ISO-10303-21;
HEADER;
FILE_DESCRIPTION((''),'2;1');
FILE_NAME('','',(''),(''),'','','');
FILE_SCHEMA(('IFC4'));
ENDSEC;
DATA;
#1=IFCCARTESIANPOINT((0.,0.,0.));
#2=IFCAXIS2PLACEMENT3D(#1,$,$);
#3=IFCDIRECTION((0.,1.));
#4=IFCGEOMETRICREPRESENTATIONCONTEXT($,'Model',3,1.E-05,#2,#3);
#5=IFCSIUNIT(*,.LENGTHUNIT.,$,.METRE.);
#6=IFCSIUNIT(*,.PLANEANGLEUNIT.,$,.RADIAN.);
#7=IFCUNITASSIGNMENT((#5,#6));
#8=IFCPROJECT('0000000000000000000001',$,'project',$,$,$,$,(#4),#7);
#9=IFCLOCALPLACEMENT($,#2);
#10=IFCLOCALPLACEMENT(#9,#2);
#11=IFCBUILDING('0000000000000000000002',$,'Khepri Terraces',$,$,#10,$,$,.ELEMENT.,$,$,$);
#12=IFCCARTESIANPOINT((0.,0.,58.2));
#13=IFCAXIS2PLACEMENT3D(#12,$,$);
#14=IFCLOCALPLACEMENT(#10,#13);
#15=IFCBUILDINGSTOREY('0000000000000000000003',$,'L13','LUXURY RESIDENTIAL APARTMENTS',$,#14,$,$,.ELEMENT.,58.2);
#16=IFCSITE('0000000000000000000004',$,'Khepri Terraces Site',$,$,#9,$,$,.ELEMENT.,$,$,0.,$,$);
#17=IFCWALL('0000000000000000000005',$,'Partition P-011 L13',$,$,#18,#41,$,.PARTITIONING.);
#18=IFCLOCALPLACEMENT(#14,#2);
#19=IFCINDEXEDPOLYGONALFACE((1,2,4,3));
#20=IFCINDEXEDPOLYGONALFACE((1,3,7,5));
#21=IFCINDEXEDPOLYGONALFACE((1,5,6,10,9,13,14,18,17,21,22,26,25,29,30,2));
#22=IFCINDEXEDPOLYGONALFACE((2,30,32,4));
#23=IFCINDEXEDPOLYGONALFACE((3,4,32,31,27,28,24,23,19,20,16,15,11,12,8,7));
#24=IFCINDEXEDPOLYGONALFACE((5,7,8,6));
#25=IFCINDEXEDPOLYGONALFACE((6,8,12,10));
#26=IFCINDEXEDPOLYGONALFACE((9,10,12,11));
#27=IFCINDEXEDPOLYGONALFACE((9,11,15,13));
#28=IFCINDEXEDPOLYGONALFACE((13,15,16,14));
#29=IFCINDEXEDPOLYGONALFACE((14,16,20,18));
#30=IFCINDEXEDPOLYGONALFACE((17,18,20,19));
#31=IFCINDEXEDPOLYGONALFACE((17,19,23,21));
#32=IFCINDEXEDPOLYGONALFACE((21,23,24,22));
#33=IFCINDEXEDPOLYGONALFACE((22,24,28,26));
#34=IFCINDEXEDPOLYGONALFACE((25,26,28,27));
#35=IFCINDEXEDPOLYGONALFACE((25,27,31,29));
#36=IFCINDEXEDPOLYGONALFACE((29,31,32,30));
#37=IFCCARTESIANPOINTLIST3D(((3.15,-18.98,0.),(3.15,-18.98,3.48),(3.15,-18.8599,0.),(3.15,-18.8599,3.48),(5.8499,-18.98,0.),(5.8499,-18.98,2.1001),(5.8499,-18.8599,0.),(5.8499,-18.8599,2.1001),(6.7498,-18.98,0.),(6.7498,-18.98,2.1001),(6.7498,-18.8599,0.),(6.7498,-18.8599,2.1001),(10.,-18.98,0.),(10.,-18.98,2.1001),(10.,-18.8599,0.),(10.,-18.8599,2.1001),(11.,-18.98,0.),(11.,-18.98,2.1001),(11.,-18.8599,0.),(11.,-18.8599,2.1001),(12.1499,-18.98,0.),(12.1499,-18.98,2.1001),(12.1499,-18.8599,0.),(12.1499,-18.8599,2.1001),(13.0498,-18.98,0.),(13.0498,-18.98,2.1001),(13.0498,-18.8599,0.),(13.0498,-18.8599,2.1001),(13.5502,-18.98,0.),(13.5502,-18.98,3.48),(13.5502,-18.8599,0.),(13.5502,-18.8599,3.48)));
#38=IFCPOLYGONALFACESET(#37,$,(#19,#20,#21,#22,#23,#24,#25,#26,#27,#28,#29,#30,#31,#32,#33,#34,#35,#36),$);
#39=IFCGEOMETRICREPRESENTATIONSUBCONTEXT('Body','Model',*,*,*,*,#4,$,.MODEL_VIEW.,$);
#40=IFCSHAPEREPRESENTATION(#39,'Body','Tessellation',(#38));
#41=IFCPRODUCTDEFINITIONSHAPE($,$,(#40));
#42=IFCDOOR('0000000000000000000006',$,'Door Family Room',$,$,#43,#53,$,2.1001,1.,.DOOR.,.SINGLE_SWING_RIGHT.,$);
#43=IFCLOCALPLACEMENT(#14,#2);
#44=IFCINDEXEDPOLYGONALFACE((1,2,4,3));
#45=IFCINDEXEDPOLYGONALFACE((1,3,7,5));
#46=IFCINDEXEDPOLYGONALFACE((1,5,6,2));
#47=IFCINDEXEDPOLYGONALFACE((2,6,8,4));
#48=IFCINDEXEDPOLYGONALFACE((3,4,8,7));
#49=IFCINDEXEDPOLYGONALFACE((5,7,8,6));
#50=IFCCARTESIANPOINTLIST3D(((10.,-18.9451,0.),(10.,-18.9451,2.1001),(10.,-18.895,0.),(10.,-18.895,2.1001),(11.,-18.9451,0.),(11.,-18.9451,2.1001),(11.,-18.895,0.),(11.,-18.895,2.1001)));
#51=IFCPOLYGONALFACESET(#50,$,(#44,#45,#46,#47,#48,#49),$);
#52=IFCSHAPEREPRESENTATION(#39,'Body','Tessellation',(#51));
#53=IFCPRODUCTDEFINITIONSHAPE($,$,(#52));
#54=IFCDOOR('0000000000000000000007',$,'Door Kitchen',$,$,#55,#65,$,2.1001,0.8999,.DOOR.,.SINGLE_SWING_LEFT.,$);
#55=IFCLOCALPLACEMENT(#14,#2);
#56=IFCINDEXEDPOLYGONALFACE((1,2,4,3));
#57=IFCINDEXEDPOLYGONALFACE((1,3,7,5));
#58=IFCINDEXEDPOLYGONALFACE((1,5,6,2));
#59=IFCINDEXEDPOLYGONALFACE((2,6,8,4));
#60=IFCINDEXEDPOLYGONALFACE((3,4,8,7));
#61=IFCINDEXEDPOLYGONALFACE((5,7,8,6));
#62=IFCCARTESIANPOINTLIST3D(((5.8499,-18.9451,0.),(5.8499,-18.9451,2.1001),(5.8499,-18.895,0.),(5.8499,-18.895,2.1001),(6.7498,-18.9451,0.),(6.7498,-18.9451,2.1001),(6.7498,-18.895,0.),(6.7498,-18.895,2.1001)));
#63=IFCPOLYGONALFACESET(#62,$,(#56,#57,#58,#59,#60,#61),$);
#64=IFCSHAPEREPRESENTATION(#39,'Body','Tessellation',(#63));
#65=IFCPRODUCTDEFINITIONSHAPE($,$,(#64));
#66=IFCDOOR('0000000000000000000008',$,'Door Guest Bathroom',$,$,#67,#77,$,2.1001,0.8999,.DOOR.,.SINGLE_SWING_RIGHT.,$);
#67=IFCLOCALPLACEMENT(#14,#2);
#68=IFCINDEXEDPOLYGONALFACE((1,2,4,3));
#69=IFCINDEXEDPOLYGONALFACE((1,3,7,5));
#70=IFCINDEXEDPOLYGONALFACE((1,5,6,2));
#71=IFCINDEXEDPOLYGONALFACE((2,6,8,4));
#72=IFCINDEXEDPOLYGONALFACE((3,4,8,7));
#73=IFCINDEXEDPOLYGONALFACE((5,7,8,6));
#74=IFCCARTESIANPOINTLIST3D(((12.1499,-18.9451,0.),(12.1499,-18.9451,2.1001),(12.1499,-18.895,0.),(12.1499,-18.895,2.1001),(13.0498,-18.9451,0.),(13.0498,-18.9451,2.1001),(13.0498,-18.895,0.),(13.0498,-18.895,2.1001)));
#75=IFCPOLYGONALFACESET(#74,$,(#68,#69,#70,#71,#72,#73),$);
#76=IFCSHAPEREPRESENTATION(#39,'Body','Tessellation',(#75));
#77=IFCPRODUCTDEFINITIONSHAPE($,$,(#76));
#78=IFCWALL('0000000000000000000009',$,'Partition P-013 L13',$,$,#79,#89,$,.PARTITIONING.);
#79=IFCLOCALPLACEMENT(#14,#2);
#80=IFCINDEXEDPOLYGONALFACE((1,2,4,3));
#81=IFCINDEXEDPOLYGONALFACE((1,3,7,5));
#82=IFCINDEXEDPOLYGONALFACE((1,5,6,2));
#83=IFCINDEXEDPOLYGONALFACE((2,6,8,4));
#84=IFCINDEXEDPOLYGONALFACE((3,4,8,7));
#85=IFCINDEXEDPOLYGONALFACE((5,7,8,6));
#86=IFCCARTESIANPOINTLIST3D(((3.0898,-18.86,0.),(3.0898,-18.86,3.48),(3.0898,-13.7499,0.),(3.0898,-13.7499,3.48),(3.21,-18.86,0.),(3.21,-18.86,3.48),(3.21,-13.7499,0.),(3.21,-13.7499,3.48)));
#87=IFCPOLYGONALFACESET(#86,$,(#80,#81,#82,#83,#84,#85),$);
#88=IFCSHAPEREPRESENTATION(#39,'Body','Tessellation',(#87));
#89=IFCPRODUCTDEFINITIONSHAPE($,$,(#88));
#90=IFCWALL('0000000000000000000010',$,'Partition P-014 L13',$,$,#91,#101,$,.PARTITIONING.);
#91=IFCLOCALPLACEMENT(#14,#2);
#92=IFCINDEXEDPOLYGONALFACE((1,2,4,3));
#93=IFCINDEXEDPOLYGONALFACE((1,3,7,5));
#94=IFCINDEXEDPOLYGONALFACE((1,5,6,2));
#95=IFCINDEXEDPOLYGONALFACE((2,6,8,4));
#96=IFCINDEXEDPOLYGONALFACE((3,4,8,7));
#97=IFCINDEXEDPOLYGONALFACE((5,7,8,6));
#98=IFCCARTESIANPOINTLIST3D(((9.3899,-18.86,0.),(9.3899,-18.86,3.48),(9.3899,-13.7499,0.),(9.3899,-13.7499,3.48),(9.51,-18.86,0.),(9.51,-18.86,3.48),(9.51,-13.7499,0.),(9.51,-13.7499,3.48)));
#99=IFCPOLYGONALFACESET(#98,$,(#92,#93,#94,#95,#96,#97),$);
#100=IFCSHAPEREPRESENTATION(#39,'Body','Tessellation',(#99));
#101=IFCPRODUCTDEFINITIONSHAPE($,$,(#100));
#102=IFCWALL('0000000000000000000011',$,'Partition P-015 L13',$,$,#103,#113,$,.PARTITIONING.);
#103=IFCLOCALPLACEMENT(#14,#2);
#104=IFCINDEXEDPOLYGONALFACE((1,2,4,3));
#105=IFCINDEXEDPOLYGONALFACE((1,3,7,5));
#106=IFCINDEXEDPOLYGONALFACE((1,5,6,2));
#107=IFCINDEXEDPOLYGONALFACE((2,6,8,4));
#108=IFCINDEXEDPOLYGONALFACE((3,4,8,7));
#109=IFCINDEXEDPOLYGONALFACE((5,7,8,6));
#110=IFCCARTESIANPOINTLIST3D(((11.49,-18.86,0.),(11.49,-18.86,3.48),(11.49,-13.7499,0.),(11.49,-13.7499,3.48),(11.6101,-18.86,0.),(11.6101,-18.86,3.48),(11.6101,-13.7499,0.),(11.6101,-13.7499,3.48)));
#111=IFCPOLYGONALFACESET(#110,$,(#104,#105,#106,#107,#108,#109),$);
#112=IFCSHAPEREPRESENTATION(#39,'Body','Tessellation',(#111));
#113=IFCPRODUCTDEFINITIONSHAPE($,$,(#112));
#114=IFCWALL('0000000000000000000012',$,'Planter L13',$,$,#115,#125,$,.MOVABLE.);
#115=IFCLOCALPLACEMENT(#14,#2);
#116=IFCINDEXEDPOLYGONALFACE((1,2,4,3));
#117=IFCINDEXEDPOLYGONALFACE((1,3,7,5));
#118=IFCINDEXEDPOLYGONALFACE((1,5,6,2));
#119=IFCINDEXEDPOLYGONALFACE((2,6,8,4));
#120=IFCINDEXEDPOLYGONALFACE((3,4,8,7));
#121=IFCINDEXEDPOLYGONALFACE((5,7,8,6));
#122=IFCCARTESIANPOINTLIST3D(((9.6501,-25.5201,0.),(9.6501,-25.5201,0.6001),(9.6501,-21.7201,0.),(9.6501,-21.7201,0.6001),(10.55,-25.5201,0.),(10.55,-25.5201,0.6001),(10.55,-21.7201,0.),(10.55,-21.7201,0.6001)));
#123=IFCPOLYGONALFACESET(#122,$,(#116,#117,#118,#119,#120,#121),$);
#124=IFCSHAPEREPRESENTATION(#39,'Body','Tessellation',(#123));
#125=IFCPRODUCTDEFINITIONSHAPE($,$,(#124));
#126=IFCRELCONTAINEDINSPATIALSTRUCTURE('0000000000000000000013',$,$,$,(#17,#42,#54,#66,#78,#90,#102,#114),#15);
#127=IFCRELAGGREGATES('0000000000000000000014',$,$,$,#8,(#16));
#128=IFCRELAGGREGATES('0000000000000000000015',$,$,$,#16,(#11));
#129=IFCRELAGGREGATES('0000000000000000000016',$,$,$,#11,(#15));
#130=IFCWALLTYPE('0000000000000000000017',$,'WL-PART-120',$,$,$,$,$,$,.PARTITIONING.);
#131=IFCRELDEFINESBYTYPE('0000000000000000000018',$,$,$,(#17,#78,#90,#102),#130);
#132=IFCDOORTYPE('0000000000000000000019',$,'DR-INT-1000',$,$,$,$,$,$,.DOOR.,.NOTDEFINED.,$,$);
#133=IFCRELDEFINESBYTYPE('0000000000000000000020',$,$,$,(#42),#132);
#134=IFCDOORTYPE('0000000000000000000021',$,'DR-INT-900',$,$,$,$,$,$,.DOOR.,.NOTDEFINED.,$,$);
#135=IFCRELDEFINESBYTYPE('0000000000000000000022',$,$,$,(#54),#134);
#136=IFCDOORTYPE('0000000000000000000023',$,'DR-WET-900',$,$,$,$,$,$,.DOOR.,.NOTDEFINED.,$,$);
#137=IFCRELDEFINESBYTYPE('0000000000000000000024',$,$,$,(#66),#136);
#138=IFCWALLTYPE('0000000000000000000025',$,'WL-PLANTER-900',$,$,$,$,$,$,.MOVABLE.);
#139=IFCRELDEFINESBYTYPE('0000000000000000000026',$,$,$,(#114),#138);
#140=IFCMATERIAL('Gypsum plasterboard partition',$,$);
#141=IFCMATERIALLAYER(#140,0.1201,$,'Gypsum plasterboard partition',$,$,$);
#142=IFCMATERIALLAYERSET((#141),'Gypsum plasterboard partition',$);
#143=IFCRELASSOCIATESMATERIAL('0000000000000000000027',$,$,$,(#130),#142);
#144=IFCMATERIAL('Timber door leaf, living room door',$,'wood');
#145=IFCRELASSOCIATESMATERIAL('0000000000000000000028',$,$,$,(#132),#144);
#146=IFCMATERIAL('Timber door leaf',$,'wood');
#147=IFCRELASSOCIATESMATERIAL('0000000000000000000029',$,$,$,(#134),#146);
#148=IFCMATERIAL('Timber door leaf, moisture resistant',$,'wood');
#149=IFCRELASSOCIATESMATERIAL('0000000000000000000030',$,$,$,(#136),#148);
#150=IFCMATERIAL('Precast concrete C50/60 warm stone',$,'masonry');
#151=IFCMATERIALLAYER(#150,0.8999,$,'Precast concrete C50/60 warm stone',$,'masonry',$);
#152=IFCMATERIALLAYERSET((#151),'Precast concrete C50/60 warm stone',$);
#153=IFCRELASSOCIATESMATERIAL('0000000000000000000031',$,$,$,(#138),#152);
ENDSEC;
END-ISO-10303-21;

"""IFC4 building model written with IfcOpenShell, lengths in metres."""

from ifc_helpers import new_model, si_unit, direction, frame, frame_2d, origin, place, context, subcontext, project, spatial, rectangle, extrude, material, layer, layer_set, type_object, element, fill, save


model = new_model("IFC4")

# Units and contexts
model_context = context("Model", 3, precision=1e-05, world=origin(), true_north=direction((0.0, 1.0)))
body_context = subcontext(model_context, "Body", "Model", "MODEL_VIEW")
ifc_project = project(units=[si_unit("LENGTHUNIT", "METRE"), si_unit("PLANEANGLEUNIT", "RADIAN")], contexts=[model_context])

# Site, building, storey
site_placement = place(None, origin())
site = spatial("IfcSite", under=ifc_project, at=site_placement, Name="Khepri Terraces Site", CompositionType="ELEMENT", RefElevation=0.0)
building_placement = place(site_placement, origin())
building = spatial("IfcBuilding", under=site, at=building_placement, Name="Khepri Terraces", CompositionType="ELEMENT")
storey_placement = place(building_placement, frame((0.0, 0.0, 58.2)))
storey = spatial("IfcBuildingStorey", under=building, at=storey_placement, Name="L13", Description="LUXURY RESIDENTIAL APARTMENTS", CompositionType="ELEMENT", Elevation=58.2)

# Wall, openings, doors
ifc_material_1 = material(Name="Gypsum plasterboard partition")
ifc_layer_1 = layer(ifc_material_1, 0.1201, Name="Gypsum plasterboard partition")
ifc_layer_set_1 = layer_set([ifc_layer_1], Name="Gypsum plasterboard partition")
wall_type_1 = type_object("IfcWallType", Name="WL-PART-120", PredefinedType="PARTITIONING", material=ifc_layer_set_1)
wall_1_placement = place(storey_placement, frame((3.1499, -18.9199, 0.0), z_axis=(0.0, 0.0, 1.0), x_axis=(1.0, 0.0, 0.0)))
wall_1 = element("IfcWall", 1, at=wall_1_placement, inside=storey, type_object=wall_type_1, Name="Partition P-011 L13", PredefinedType="PARTITIONING", context=body_context, shape_type="SweptSolid", body=[
    extrude(rectangle(XDim=10.4001, YDim=0.1201, at=frame_2d((5.2002, 0.0))), origin(), (0.0, 0.0, 1.0), 3.48),
])
opening_1_placement = place(wall_1_placement, frame((2.7, 0.0, 0.0)))
opening_1 = element("IfcOpeningElement", 2, at=opening_1_placement, cuts=wall_1, PredefinedType="OPENING", context=body_context, shape_type="SweptSolid", body=[
    extrude(rectangle(XDim=0.8999, YDim=2.1001, at=frame_2d((0.45, 1.05))), frame((0.0, 0.0701, 0.0), z_axis=(0.0, -1.0, 0.0), x_axis=(1.0, 0.0, 0.0)), (0.0, 0.0, 1.0), 0.1401),
])
opening_2_placement = place(wall_1_placement, frame((6.8501, 0.0, 0.0)))
opening_2 = element("IfcOpeningElement", 3, at=opening_2_placement, cuts=wall_1, PredefinedType="OPENING", context=body_context, shape_type="SweptSolid", body=[
    extrude(rectangle(XDim=1.0, YDim=2.1001, at=frame_2d((0.5, 1.05))), frame((0.0, 0.0701, 0.0), z_axis=(0.0, -1.0, 0.0), x_axis=(1.0, 0.0, 0.0)), (0.0, 0.0, 1.0), 0.1401),
])
opening_3_placement = place(wall_1_placement, frame((9.0, 0.0, 0.0)))
opening_3 = element("IfcOpeningElement", 4, at=opening_3_placement, cuts=wall_1, PredefinedType="OPENING", context=body_context, shape_type="SweptSolid", body=[
    extrude(rectangle(XDim=0.8999, YDim=2.1001, at=frame_2d((0.45, 1.05))), frame((0.0, 0.0701, 0.0), z_axis=(0.0, -1.0, 0.0), x_axis=(1.0, 0.0, 0.0)), (0.0, 0.0, 1.0), 0.1401),
])
ifc_material_2 = material(Name="Timber door leaf, living room door", Category="wood")
door_type_1 = type_object("IfcDoorType", Name="DR-INT-1000", OperationType="NOTDEFINED", PredefinedType="DOOR", material=ifc_material_2)
door_1_placement = place(opening_2_placement, origin())
door_1 = element("IfcDoor", 5, at=door_1_placement, inside=storey, type_object=door_type_1, Name="Door Family Room", OperationType="SINGLE_SWING_RIGHT", OverallHeight=2.1001, OverallWidth=1.0, PredefinedType="DOOR", context=body_context, shape_type="SweptSolid", body=[
    extrude(rectangle(XDim=1.0, YDim=2.1001, at=frame_2d((0.5, 1.05))), frame((0.0, 0.0249, 0.0), z_axis=(0.0, -1.0, 0.0), x_axis=(1.0, 0.0, 0.0)), (0.0, 0.0, 1.0), 0.05),
])
fill(opening_2, door_1)
ifc_material_3 = material(Name="Timber door leaf", Category="wood")
door_type_2 = type_object("IfcDoorType", Name="DR-INT-900", OperationType="NOTDEFINED", PredefinedType="DOOR", material=ifc_material_3)
door_2_placement = place(opening_1_placement, origin())
door_2 = element("IfcDoor", 6, at=door_2_placement, inside=storey, type_object=door_type_2, Name="Door Kitchen", OperationType="SINGLE_SWING_LEFT", OverallHeight=2.1001, OverallWidth=0.8999, PredefinedType="DOOR", context=body_context, shape_type="SweptSolid", body=[
    extrude(rectangle(XDim=0.8999, YDim=2.1001, at=frame_2d((0.45, 1.05))), frame((0.0, 0.0249, 0.0), z_axis=(0.0, -1.0, 0.0), x_axis=(1.0, 0.0, 0.0)), (0.0, 0.0, 1.0), 0.05),
])
fill(opening_1, door_2)
ifc_material_4 = material(Name="Timber door leaf, moisture resistant", Category="wood")
door_type_3 = type_object("IfcDoorType", Name="DR-WET-900", OperationType="NOTDEFINED", PredefinedType="DOOR", material=ifc_material_4)
door_3_placement = place(opening_3_placement, origin())
door_3 = element("IfcDoor", 7, at=door_3_placement, inside=storey, type_object=door_type_3, Name="Door Guest Bathroom", OperationType="SINGLE_SWING_RIGHT", OverallHeight=2.1001, OverallWidth=0.8999, PredefinedType="DOOR", context=body_context, shape_type="SweptSolid", body=[
    extrude(rectangle(XDim=0.8999, YDim=2.1001, at=frame_2d((0.45, 1.05))), frame((0.0, 0.0249, 0.0), z_axis=(0.0, -1.0, 0.0), x_axis=(1.0, 0.0, 0.0)), (0.0, 0.0, 1.0), 0.05),
])
fill(opening_3, door_3)

# Walls
for number, where, z_axis, x_axis, name in (
    (8, (3.1499, -18.8601, 0.0), (0.0, 0.0, 1.0), (0.0, 1.0, 0.0), "Partition P-013 L13"),
    (9, (9.45, -18.8601, 0.0), (0.0, 0.0, 1.0), (0.0, 1.0, 0.0), "Partition P-014 L13"),
    (10, (11.55, -18.8601, 0.0), (0.0, 0.0, 1.0), (0.0, 1.0, 0.0), "Partition P-015 L13"),
):
    element("IfcWall", number, at=place(storey_placement, frame(where, z_axis=z_axis, x_axis=x_axis)), inside=storey, type_object=wall_type_1, Name=name, PredefinedType="PARTITIONING", context=body_context, shape_type="SweptSolid", body=[
        extrude(rectangle(XDim=5.1101, YDim=0.1201, at=frame_2d((2.5552, 0.0))), origin(), (0.0, 0.0, 1.0), 3.48),
    ])
ifc_material_5 = material(Name="Precast concrete C50/60 warm stone", Category="masonry")
ifc_layer_2 = layer(ifc_material_5, 0.8999, Name="Precast concrete C50/60 warm stone", Category="masonry")
ifc_layer_set_2 = layer_set([ifc_layer_2], Name="Precast concrete C50/60 warm stone")
wall_type_2 = type_object("IfcWallType", Name="WL-PLANTER-900", PredefinedType="MOVABLE", material=ifc_layer_set_2)
wall_2_placement = place(storey_placement, frame((10.1001, -25.52, 0.0), z_axis=(0.0, 0.0, 1.0), x_axis=(0.0, 1.0, 0.0)))
element("IfcWall", 11, at=wall_2_placement, inside=storey, type_object=wall_type_2, Name="Planter L13", PredefinedType="MOVABLE", context=body_context, shape_type="SweptSolid", body=[
    extrude(rectangle(XDim=3.8, YDim=0.8999, at=frame_2d((1.8999, 0.0))), origin(), (0.0, 0.0, 1.0), 0.6001),
])

save(model, "model.ifc")
